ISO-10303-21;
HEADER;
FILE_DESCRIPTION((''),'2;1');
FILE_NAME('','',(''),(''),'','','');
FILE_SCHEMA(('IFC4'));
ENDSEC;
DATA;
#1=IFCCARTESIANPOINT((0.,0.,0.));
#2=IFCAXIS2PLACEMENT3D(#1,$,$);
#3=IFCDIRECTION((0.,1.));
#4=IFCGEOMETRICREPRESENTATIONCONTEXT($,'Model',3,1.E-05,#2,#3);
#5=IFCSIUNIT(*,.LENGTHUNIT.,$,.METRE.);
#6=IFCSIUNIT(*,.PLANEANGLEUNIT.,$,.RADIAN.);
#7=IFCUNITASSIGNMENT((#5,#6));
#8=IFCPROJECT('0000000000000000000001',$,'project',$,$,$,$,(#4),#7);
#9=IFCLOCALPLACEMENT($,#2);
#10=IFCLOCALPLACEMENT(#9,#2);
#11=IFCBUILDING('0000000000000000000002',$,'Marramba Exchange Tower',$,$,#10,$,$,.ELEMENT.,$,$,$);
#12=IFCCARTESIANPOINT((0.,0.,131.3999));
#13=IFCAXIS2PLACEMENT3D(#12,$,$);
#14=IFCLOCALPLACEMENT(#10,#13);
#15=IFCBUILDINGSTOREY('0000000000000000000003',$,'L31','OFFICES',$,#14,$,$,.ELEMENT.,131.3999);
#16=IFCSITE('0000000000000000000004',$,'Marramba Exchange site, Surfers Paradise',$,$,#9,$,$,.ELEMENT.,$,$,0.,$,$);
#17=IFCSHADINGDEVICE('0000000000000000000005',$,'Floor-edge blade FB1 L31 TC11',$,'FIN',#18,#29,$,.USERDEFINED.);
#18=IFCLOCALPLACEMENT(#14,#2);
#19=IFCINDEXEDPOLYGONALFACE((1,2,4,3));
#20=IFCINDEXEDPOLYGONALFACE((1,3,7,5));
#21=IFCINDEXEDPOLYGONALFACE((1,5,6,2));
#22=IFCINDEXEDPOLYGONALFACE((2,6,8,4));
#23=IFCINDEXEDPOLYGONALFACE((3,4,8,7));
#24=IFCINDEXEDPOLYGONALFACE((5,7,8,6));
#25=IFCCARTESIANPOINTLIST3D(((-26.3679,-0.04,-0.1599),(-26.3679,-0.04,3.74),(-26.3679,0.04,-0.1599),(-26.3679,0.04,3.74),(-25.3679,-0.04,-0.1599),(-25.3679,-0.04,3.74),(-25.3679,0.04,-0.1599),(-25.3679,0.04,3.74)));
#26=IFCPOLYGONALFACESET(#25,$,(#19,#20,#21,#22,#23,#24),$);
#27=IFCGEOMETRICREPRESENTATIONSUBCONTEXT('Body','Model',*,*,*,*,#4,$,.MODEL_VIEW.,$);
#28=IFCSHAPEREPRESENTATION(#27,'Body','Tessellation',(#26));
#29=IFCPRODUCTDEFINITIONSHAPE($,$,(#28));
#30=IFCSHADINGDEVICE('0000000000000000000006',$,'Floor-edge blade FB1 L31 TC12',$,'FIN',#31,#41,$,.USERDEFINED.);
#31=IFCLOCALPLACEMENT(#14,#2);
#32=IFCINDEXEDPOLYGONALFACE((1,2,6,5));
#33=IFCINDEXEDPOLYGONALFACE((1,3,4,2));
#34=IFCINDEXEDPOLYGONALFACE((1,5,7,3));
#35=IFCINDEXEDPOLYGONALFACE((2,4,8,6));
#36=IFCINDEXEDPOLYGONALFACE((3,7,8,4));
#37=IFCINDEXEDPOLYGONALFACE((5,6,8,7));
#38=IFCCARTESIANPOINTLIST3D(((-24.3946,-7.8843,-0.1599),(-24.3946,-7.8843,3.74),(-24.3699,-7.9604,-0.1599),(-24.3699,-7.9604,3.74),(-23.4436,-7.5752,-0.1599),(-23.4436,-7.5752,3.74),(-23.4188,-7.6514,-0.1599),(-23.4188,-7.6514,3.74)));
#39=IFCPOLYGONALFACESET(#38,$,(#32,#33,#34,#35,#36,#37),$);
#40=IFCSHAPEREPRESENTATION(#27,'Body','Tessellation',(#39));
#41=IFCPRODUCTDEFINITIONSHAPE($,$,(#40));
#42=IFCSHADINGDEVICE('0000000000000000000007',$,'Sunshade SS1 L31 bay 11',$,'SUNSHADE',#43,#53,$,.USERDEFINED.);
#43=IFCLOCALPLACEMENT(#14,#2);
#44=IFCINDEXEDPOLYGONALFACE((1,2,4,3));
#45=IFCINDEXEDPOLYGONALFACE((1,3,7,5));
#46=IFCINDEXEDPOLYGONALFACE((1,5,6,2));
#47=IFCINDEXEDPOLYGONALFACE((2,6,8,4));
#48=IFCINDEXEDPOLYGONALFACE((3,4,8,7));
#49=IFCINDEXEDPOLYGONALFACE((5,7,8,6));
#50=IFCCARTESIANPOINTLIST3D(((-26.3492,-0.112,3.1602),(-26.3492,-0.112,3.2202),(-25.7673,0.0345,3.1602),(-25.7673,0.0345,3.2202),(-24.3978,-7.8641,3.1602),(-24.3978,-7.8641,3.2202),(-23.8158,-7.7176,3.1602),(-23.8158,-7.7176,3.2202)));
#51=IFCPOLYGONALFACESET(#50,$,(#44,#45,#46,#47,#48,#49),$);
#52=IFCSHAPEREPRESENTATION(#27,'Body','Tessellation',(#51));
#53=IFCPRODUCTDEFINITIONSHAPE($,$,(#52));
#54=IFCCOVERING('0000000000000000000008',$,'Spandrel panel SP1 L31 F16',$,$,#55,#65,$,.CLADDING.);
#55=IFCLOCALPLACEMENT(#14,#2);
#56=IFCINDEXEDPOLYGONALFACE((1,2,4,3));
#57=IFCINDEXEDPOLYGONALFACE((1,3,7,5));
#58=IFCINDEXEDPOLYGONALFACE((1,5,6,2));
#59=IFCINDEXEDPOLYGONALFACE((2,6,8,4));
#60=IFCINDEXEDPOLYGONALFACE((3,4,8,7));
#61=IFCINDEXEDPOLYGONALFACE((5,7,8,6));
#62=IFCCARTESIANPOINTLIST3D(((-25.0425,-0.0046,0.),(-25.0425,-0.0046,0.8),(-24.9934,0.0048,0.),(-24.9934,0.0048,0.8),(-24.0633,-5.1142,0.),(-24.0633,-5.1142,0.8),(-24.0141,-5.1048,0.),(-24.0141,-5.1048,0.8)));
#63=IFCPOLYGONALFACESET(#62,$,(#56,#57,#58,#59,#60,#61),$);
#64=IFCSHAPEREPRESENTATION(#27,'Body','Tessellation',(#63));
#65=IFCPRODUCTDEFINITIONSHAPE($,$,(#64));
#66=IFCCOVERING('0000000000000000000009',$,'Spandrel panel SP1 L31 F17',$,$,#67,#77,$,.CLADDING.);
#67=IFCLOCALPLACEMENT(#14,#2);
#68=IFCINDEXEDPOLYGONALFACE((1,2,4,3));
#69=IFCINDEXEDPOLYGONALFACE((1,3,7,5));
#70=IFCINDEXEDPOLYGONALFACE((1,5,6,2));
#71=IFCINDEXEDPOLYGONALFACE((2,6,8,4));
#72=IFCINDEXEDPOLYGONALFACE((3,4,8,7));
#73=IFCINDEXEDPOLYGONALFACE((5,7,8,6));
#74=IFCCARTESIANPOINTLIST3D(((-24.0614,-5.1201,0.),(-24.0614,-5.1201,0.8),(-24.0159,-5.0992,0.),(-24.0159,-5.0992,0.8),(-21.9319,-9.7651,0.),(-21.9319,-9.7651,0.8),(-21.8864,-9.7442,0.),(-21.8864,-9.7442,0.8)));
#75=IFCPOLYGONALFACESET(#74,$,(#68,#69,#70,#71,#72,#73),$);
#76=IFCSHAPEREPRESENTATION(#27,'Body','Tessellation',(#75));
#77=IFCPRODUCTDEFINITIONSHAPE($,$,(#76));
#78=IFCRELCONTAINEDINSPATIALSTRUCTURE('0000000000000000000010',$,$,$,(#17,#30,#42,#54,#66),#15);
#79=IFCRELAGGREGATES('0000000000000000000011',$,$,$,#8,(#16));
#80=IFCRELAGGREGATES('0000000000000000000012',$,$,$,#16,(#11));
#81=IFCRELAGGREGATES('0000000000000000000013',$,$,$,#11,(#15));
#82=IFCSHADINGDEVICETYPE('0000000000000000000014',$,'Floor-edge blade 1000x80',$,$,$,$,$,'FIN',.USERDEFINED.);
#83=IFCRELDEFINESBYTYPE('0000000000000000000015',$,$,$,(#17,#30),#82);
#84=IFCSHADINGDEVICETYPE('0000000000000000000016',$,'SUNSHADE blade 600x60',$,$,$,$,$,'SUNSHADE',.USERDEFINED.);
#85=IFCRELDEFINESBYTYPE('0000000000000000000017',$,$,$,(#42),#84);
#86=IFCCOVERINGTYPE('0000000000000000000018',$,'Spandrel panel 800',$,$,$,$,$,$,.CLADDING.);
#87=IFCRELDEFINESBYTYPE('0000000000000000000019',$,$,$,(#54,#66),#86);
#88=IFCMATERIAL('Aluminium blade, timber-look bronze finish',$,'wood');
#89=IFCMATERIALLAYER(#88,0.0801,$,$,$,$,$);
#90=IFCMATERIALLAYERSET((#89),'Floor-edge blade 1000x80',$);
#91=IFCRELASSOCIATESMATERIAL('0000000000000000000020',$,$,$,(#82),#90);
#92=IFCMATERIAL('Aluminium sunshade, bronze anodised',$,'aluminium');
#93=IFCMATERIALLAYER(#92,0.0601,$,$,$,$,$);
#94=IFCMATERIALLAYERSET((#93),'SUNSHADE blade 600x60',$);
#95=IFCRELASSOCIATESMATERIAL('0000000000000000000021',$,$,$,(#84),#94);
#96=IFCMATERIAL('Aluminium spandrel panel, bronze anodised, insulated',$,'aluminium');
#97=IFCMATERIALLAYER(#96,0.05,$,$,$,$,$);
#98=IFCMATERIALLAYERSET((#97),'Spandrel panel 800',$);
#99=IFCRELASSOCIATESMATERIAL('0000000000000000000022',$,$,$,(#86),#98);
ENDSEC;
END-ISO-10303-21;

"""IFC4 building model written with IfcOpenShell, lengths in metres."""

from ifc_helpers import new_model, si_unit, direction, frame, origin, origin_2d, place, context, subcontext, project, spatial, rectangle, extrude, material, layer, layer_set, type_object, element, save


model = new_model("IFC4")

# Units and contexts
model_context = context("Model", 3, precision=1e-05, world=origin(), true_north=direction((0.0, 1.0)))
body_context = subcontext(model_context, "Body", "Model", "MODEL_VIEW")
ifc_project = project(units=[si_unit("LENGTHUNIT", "METRE"), si_unit("PLANEANGLEUNIT", "RADIAN")], contexts=[model_context])

# Site, building, storey
site_placement = place(None, origin())
site = spatial("IfcSite", under=ifc_project, at=site_placement, Name="Marramba Exchange site, Surfers Paradise", CompositionType="ELEMENT", RefElevation=0.0)
building_placement = place(site_placement, origin())
building = spatial("IfcBuilding", under=site, at=building_placement, Name="Marramba Exchange Tower", CompositionType="ELEMENT")
storey_placement = place(building_placement, frame((0.0, 0.0, 131.3999)))
storey = spatial("IfcBuildingStorey", under=building, at=storey_placement, Name="L31", Description="OFFICES", CompositionType="ELEMENT", Elevation=131.3999)

# Shading devices
ifc_material_1 = material(Name="Aluminium blade, timber-look bronze finish", Category="wood")
ifc_layer_1 = layer(ifc_material_1, 0.0801)
ifc_layer_set_1 = layer_set([ifc_layer_1], Name="Floor-edge blade 1000x80")
shading_device_type_1 = type_object("IfcShadingDeviceType", Name="Floor-edge blade 1000x80", ElementType="FIN", PredefinedType="USERDEFINED", material=ifc_layer_set_1)
for number, where, z_axis, x_axis, name in (
    (1, (-25.8679, 0.0, -0.1599), (0.0, 0.0, 1.0), (-1.0, 0.0, 0.0), "Floor-edge blade FB1 L31 TC11"),
    (2, (-23.9067, -7.7678, -0.1599), (0.0, 0.0, 1.0), (-0.951057, -0.309017, 0.0), "Floor-edge blade FB1 L31 TC12"),
):
    element("IfcShadingDevice", number, at=place(storey_placement, frame(where, z_axis=z_axis, x_axis=x_axis)), inside=storey, type_object=shading_device_type_1, Name=name, ObjectType="FIN", PredefinedType="USERDEFINED", context=body_context, shape_type="SweptSolid", body=[
        extrude(rectangle(XDim=1.0, YDim=0.0801, at=origin_2d()), origin(), (0.0, 0.0, 1.0), 3.8999),
    ])
ifc_material_2 = material(Name="Aluminium sunshade, bronze anodised", Category="aluminium")
ifc_layer_2 = layer(ifc_material_2, 0.0601)
ifc_layer_set_2 = layer_set([ifc_layer_2], Name="SUNSHADE blade 600x60")
shading_device_type_2 = type_object("IfcShadingDeviceType", Name="SUNSHADE blade 600x60", ElementType="SUNSHADE", PredefinedType="USERDEFINED", material=ifc_layer_set_2)
shading_device_placement = place(storey_placement, frame((-25.0825, -3.9148, 3.1602), z_axis=(0.0, 0.0, 1.0), x_axis=(0.244117, -0.969746, 0.0)))
element("IfcShadingDevice", 3, at=shading_device_placement, inside=storey, type_object=shading_device_type_2, Name="Sunshade SS1 L31 bay 11", ObjectType="SUNSHADE", PredefinedType="USERDEFINED", context=body_context, shape_type="SweptSolid", body=[
    extrude(rectangle(XDim=7.9939, YDim=0.6001, at=origin_2d()), origin(), (0.0, 0.0, 1.0), 0.0601),
])

# Coverings
ifc_material_3 = material(Name="Aluminium spandrel panel, bronze anodised, insulated", Category="aluminium")
ifc_layer_3 = layer(ifc_material_3, 0.05)
ifc_layer_set_3 = layer_set([ifc_layer_3], Name="Spandrel panel 800")
covering_type = type_object("IfcCoveringType", Name="Spandrel panel 800", PredefinedType="CLADDING", material=ifc_layer_set_3)
covering_1_placement = place(storey_placement, frame((-24.5283, -2.5547, 0.0), z_axis=(0.0, 0.0, 1.0), x_axis=(0.188227, -0.982126, 0.0)))
element("IfcCovering", 4, at=covering_1_placement, inside=storey, type_object=covering_type, Name="Spandrel panel SP1 L31 F16", PredefinedType="CLADDING", context=body_context, shape_type="SweptSolid", body=[
    extrude(rectangle(XDim=5.2026, YDim=0.05, at=origin_2d()), origin(), (0.0, 0.0, 1.0), 0.8),
])
covering_2_placement = place(storey_placement, frame((-22.9739, -7.4321, 0.0), z_axis=(0.0, 0.0, 1.0), x_axis=(0.416738, -0.909027, 0.0)))
element("IfcCovering", 5, at=covering_2_placement, inside=storey, type_object=covering_type, Name="Spandrel panel SP1 L31 F17", PredefinedType="CLADDING", context=body_context, shape_type="SweptSolid", body=[
    extrude(rectangle(XDim=5.1099, YDim=0.05, at=origin_2d()), origin(), (0.0, 0.0, 1.0), 0.8),
])

save(model, "model.ifc")
